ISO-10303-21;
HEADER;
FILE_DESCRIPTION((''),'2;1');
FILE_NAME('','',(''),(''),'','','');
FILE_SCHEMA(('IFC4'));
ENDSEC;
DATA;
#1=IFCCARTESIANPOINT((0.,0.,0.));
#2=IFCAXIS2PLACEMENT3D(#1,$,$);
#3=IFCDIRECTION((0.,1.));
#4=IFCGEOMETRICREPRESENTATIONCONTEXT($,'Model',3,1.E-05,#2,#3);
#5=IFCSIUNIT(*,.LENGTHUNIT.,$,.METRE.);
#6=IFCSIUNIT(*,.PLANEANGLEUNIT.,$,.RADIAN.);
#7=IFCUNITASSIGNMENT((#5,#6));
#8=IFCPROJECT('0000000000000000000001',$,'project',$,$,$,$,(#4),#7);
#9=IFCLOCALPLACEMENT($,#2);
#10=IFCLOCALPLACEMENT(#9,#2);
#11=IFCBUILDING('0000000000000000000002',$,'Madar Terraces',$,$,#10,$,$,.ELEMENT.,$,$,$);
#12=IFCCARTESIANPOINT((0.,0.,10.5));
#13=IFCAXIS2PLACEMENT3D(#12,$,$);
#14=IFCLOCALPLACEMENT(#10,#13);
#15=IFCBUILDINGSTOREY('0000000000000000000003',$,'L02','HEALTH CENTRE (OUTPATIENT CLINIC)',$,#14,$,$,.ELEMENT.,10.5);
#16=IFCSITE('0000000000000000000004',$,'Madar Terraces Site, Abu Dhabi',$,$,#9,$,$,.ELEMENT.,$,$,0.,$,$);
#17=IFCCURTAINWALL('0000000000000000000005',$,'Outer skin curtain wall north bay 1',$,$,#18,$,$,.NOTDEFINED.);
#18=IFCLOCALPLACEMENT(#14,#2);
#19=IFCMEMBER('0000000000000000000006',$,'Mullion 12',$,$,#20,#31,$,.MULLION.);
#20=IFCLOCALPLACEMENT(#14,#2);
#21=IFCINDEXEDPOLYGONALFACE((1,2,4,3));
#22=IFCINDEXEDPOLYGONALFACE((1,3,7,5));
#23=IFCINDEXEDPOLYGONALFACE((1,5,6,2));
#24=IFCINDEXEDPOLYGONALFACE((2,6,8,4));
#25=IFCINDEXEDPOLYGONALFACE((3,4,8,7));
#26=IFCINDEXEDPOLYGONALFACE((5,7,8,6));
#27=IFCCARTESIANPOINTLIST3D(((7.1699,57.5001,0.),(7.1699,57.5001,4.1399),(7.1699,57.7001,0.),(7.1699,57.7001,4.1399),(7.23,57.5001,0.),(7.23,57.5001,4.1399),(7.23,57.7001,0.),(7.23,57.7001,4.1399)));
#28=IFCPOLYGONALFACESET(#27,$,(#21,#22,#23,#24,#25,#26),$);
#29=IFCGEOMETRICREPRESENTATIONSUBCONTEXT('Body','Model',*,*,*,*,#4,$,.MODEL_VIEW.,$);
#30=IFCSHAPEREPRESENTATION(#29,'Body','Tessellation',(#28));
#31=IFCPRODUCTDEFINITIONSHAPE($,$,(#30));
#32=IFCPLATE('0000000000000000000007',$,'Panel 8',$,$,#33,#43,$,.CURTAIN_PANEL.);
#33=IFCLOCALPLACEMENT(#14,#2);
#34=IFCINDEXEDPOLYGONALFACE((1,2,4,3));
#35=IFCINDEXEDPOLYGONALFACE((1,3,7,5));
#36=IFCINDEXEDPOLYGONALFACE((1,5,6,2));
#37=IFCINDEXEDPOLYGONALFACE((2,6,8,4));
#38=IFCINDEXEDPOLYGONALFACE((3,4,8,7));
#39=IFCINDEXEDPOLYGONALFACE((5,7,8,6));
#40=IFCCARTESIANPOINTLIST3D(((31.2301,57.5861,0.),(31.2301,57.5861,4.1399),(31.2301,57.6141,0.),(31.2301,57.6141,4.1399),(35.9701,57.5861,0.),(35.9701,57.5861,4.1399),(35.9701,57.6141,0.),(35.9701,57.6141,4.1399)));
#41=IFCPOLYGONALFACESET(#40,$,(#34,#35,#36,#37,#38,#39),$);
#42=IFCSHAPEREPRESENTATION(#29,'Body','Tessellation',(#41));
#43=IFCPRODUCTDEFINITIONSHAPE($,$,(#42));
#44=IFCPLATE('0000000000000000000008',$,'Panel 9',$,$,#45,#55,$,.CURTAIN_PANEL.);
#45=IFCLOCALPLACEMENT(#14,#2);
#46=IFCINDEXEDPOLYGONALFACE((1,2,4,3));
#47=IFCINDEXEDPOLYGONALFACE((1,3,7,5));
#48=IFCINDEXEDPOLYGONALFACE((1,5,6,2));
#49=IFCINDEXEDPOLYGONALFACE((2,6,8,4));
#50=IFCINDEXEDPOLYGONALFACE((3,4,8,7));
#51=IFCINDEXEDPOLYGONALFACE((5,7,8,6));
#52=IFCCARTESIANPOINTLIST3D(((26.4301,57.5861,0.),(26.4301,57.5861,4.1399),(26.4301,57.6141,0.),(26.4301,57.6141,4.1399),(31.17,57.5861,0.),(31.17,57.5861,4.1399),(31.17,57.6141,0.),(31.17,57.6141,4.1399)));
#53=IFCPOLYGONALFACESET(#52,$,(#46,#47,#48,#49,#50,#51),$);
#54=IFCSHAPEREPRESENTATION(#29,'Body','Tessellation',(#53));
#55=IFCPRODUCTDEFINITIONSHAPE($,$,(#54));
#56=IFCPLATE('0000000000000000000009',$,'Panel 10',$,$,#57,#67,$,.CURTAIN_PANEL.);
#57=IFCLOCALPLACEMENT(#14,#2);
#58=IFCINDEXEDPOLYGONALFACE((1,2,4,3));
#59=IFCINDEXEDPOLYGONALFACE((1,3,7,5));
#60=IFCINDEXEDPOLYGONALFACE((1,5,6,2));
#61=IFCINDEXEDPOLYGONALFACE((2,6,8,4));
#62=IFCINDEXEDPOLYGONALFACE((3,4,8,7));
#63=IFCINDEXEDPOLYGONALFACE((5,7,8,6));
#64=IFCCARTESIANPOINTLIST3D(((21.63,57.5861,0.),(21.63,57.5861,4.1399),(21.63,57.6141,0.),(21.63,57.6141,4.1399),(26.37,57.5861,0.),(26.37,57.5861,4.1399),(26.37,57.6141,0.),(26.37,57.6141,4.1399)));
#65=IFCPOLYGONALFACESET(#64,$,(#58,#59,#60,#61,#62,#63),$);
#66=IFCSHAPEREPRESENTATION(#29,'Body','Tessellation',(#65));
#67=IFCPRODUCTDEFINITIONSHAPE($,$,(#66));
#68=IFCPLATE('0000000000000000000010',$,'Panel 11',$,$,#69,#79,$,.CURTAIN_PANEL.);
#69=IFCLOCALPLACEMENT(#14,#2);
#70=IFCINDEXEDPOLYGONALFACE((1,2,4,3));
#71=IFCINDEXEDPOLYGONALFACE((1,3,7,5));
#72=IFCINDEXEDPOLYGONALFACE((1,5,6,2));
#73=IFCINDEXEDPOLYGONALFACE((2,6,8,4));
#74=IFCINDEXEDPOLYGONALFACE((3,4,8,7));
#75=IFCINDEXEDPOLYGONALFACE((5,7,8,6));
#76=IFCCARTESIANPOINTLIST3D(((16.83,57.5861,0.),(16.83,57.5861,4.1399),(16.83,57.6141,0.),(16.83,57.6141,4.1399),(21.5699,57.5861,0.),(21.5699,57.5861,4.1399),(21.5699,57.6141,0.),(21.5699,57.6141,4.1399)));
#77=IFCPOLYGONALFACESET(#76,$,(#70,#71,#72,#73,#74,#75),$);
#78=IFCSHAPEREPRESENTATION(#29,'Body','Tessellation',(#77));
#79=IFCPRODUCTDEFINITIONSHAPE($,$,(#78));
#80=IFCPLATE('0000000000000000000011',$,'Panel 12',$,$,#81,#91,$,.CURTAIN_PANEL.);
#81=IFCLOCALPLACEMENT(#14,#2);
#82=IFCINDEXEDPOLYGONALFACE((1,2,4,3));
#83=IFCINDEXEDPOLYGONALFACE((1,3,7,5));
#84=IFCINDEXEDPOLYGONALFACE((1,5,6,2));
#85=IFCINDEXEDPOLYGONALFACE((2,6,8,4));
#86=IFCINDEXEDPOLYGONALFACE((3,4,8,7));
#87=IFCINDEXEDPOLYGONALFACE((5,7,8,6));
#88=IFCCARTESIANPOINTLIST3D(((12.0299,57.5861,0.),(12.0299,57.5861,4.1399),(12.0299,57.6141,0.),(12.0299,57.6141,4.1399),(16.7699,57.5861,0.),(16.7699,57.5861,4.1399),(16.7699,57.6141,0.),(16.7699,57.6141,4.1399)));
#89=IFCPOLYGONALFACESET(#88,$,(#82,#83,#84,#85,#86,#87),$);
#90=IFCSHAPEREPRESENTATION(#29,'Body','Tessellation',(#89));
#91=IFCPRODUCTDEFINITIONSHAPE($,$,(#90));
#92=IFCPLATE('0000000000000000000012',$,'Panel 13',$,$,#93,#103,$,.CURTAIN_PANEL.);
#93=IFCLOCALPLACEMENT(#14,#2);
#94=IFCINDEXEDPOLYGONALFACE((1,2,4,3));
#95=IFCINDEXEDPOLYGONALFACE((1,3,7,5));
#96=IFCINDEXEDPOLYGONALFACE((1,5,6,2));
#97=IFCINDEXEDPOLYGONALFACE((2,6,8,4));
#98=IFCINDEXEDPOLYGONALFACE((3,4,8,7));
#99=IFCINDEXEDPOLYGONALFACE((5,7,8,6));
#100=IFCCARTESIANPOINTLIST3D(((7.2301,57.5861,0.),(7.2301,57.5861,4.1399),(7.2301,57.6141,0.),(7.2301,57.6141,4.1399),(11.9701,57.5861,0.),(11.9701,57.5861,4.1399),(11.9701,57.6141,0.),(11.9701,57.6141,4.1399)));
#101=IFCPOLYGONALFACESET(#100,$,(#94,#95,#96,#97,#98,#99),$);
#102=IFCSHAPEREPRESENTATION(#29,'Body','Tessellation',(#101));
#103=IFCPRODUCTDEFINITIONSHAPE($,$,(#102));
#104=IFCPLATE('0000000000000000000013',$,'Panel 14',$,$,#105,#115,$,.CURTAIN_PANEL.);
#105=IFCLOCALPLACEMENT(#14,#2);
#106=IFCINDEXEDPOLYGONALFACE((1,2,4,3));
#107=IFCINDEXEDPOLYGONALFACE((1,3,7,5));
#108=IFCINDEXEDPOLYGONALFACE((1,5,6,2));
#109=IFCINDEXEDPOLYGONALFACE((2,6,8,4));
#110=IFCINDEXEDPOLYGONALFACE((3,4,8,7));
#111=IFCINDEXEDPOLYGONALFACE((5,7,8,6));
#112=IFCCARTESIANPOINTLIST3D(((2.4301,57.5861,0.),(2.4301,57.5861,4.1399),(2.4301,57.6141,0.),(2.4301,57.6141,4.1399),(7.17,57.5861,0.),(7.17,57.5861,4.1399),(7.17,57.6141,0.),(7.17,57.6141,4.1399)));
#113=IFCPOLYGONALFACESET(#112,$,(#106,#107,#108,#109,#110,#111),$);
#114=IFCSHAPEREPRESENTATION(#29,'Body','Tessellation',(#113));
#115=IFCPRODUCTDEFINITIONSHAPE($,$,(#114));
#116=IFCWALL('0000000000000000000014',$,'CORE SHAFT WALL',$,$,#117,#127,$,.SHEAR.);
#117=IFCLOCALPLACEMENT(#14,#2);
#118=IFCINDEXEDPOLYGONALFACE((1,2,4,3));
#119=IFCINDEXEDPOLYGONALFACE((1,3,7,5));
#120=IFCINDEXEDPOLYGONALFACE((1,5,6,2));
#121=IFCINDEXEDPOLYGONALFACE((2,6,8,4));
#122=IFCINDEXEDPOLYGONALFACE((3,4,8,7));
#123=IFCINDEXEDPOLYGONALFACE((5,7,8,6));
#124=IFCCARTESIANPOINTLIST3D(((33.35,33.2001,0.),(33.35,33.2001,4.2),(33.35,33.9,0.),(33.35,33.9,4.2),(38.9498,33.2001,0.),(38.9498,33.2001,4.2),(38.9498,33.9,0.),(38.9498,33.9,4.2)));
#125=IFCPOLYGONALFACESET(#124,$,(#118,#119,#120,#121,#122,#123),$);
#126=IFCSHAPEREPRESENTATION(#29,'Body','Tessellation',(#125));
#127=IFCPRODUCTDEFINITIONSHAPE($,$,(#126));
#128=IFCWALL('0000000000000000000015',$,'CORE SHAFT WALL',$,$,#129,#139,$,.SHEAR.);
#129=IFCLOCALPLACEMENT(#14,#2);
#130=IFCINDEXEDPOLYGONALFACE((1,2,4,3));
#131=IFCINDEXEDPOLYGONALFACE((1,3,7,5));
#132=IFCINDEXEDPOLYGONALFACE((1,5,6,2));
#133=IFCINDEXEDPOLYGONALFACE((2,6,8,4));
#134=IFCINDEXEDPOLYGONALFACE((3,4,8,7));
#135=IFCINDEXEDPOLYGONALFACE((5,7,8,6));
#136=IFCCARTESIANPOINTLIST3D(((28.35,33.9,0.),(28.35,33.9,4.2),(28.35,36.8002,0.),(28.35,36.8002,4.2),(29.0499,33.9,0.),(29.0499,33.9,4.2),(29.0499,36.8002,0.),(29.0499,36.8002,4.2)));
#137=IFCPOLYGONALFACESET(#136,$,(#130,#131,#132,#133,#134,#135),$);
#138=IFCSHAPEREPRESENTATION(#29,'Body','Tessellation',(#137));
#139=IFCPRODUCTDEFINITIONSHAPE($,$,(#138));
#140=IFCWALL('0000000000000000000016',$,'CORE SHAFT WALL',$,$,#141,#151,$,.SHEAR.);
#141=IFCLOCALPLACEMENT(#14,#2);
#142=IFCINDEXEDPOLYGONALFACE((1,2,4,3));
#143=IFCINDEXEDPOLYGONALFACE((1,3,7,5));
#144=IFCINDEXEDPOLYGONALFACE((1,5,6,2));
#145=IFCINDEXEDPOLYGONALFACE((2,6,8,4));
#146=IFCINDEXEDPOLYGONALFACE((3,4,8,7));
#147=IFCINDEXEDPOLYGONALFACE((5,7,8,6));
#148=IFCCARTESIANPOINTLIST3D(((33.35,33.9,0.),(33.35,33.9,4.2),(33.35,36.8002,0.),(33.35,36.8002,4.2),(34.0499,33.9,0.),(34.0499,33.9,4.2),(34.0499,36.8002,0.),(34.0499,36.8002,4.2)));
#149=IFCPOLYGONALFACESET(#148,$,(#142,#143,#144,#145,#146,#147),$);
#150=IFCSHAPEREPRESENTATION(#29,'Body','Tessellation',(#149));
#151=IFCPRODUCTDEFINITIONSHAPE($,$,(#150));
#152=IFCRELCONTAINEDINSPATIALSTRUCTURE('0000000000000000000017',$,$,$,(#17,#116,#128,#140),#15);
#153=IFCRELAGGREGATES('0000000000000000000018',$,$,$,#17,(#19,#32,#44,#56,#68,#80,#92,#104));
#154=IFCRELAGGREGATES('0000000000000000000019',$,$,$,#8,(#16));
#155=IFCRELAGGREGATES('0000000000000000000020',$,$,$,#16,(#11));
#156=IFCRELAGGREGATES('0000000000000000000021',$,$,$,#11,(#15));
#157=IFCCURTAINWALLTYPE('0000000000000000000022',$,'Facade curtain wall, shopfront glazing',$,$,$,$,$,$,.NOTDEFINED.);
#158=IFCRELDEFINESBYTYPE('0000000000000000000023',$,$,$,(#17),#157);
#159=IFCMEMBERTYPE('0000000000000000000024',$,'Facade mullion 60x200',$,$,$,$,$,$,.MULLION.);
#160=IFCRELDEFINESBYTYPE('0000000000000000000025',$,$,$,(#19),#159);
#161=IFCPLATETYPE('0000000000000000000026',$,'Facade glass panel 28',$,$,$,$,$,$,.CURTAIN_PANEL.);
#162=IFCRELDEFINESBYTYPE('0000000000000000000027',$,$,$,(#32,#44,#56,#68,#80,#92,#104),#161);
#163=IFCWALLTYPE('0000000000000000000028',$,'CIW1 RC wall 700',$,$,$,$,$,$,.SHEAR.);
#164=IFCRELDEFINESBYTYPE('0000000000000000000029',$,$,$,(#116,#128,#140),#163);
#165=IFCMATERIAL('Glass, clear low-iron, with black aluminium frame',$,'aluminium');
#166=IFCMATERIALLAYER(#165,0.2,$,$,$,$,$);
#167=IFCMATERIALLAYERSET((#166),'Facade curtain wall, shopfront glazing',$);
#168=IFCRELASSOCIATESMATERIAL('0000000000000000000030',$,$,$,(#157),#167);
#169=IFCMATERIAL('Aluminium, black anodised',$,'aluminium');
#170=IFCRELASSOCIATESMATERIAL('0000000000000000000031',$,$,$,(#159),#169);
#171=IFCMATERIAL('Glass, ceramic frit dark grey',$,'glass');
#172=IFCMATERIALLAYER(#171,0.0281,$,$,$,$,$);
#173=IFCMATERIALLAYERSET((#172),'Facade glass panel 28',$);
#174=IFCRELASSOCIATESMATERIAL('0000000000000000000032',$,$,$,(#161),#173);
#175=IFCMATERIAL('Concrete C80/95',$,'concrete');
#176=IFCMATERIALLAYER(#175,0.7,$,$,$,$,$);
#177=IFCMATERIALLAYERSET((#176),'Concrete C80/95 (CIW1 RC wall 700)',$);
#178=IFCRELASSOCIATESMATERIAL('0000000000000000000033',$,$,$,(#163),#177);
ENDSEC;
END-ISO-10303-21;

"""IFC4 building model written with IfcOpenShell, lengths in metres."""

from ifc_helpers import new_model, si_unit, direction, frame, frame_2d, origin, origin_2d, place, context, subcontext, project, spatial, rectangle, extrude, material, layer, layer_set, material_profile, profile_set, type_object, element, aggregate, save


model = new_model("IFC4")

# Units and contexts
model_context = context("Model", 3, precision=1e-05, world=origin(), true_north=direction((0.0, 1.0)))
body_context = subcontext(model_context, "Body", "Model", "MODEL_VIEW")
ifc_project = project(units=[si_unit("LENGTHUNIT", "METRE"), si_unit("PLANEANGLEUNIT", "RADIAN")], contexts=[model_context])

# Site, building, storey
site_placement = place(None, origin())
site = spatial("IfcSite", under=ifc_project, at=site_placement, Name="Madar Terraces Site, Abu Dhabi", CompositionType="ELEMENT", RefElevation=0.0)
building_placement = place(site_placement, origin())
building = spatial("IfcBuilding", under=site, at=building_placement, Name="Madar Terraces", CompositionType="ELEMENT")
storey_placement = place(building_placement, frame((0.0, 0.0, 10.5)))
storey = spatial("IfcBuildingStorey", under=building, at=storey_placement, Name="L02", Description="HEALTH CENTRE (OUTPATIENT CLINIC)", CompositionType="ELEMENT", Elevation=10.5)

# Curtain wall, member, plates
ifc_material_1 = material(Name="Glass, clear low-iron, with black aluminium frame", Category="aluminium")
ifc_layer_1 = layer(ifc_material_1, 0.2)
ifc_layer_set_1 = layer_set([ifc_layer_1], Name="Facade curtain wall, shopfront glazing")
curtain_wall_type = type_object("IfcCurtainWallType", Name="Facade curtain wall, shopfront glazing", PredefinedType="NOTDEFINED", material=ifc_layer_set_1)
curtain_wall_placement = place(storey_placement, origin())
curtain_wall = element("IfcCurtainWall", 1, at=curtain_wall_placement, inside=storey, type_object=curtain_wall_type, Name="Outer skin curtain wall north bay 1", PredefinedType="NOTDEFINED")
ifc_material_2 = material(Name="Aluminium, black anodised", Category="aluminium")
ifc_material_profile_1 = material_profile(ifc_material_2, rectangle(XDim=0.2, YDim=0.0601, at=origin_2d()), Name="Facade mullion 60x200")
ifc_profile_set_1 = profile_set([ifc_material_profile_1], Name="Aluminium, black anodised")
member_type = type_object("IfcMemberType", Name="Facade mullion 60x200", PredefinedType="MULLION", material=ifc_profile_set_1)
member_1_placement = place(storey_placement, frame((7.2, 57.6001, 0.0), z_axis=(0.0, 0.0, 1.0), x_axis=(0.0, -1.0, 0.0)))
member_1 = element("IfcMember", 2, at=member_1_placement, type_object=member_type, Name="Mullion 12", PredefinedType="MULLION", context=body_context, shape_type="SweptSolid", body=[
    extrude(rectangle(XDim=0.2, YDim=0.0601, at=origin_2d()), origin(), (0.0, 0.0, 1.0), 4.1399),
])
ifc_material_3 = material(Name="Glass, ceramic frit dark grey", Category="glass")
ifc_layer_2 = layer(ifc_material_3, 0.0281)
ifc_layer_set_2 = layer_set([ifc_layer_2], Name="Facade glass panel 28")
plate_type = type_object("IfcPlateType", Name="Facade glass panel 28", PredefinedType="CURTAIN_PANEL", material=ifc_layer_set_2)
plate_1_placement = place(storey_placement, frame((33.6001, 57.6001, 0.0), z_axis=(0.0, 0.0, 1.0), x_axis=(-1.0, 0.0, 0.0)))
plate_1 = element("IfcPlate", 3, at=plate_1_placement, type_object=plate_type, Name="Panel 8", PredefinedType="CURTAIN_PANEL", context=body_context, shape_type="SweptSolid", body=[
    extrude(rectangle(XDim=4.74, YDim=0.0281, at=origin_2d()), origin(), (0.0, 0.0, 1.0), 4.1399),
])
plate_2_placement = place(storey_placement, frame((28.8, 57.6001, 0.0), z_axis=(0.0, 0.0, 1.0), x_axis=(-1.0, 0.0, 0.0)))
plate_2 = element("IfcPlate", 4, at=plate_2_placement, type_object=plate_type, Name="Panel 9", PredefinedType="CURTAIN_PANEL", context=body_context, shape_type="SweptSolid", body=[
    extrude(rectangle(XDim=4.74, YDim=0.0281, at=origin_2d()), origin(), (0.0, 0.0, 1.0), 4.1399),
])
plate_3_placement = place(storey_placement, frame((24.0, 57.6001, 0.0), z_axis=(0.0, 0.0, 1.0), x_axis=(-1.0, 0.0, 0.0)))
plate_3 = element("IfcPlate", 5, at=plate_3_placement, type_object=plate_type, Name="Panel 10", PredefinedType="CURTAIN_PANEL", context=body_context, shape_type="SweptSolid", body=[
    extrude(rectangle(XDim=4.74, YDim=0.0281, at=origin_2d()), origin(), (0.0, 0.0, 1.0), 4.1399),
])
plate_4_placement = place(storey_placement, frame((19.2, 57.6001, 0.0), z_axis=(0.0, 0.0, 1.0), x_axis=(-1.0, 0.0, 0.0)))
plate_4 = element("IfcPlate", 6, at=plate_4_placement, type_object=plate_type, Name="Panel 11", PredefinedType="CURTAIN_PANEL", context=body_context, shape_type="SweptSolid", body=[
    extrude(rectangle(XDim=4.74, YDim=0.0281, at=origin_2d()), origin(), (0.0, 0.0, 1.0), 4.1399),
])
plate_5_placement = place(storey_placement, frame((14.3999, 57.6001, 0.0), z_axis=(0.0, 0.0, 1.0), x_axis=(-1.0, 0.0, 0.0)))
plate_5 = element("IfcPlate", 7, at=plate_5_placement, type_object=plate_type, Name="Panel 12", PredefinedType="CURTAIN_PANEL", context=body_context, shape_type="SweptSolid", body=[
    extrude(rectangle(XDim=4.74, YDim=0.0281, at=origin_2d()), origin(), (0.0, 0.0, 1.0), 4.1399),
])
plate_6_placement = place(storey_placement, frame((9.6001, 57.6001, 0.0), z_axis=(0.0, 0.0, 1.0), x_axis=(-1.0, 0.0, 0.0)))
plate_6 = element("IfcPlate", 8, at=plate_6_placement, type_object=plate_type, Name="Panel 13", PredefinedType="CURTAIN_PANEL", context=body_context, shape_type="SweptSolid", body=[
    extrude(rectangle(XDim=4.74, YDim=0.0281, at=origin_2d()), origin(), (0.0, 0.0, 1.0), 4.1399),
])
plate_7_placement = place(storey_placement, frame((4.8, 57.6001, 0.0), z_axis=(0.0, 0.0, 1.0), x_axis=(-1.0, 0.0, 0.0)))
plate_7 = element("IfcPlate", 9, at=plate_7_placement, type_object=plate_type, Name="Panel 14", PredefinedType="CURTAIN_PANEL", context=body_context, shape_type="SweptSolid", body=[
    extrude(rectangle(XDim=4.74, YDim=0.0281, at=origin_2d()), origin(), (0.0, 0.0, 1.0), 4.1399),
])
aggregate(curtain_wall, [member_1, plate_1, plate_2, plate_3, plate_4, plate_5, plate_6, plate_7])

# Walls
ifc_material_4 = material(Name="Concrete C80/95", Category="concrete")
ifc_layer_3 = layer(ifc_material_4, 0.7)
ifc_layer_set_3 = layer_set([ifc_layer_3], Name="Concrete C80/95 (CIW1 RC wall 700)")
wall_type_1 = type_object("IfcWallType", Name="CIW1 RC wall 700", PredefinedType="SHEAR", material=ifc_layer_set_3)
wall_1_placement = place(storey_placement, frame((33.3501, 33.55, 0.0), z_axis=(0.0, 0.0, 1.0), x_axis=(1.0, 0.0, 0.0)))
element("IfcWall", 10, at=wall_1_placement, inside=storey, type_object=wall_type_1, Name="CORE SHAFT WALL", PredefinedType="SHEAR", context=body_context, shape_type="SweptSolid", body=[
    extrude(rectangle(XDim=5.5999, YDim=0.7, at=frame_2d((2.7998, 0.0))), origin(), (0.0, 0.0, 1.0), 4.2),
])
for number, where, z_axis, x_axis, name in (
    (11, (28.7, 33.8999, 0.0), (0.0, 0.0, 1.0), (0.0, 1.0, 0.0), "CORE SHAFT WALL"),
    (12, (33.7, 33.8999, 0.0), (0.0, 0.0, 1.0), (0.0, 1.0, 0.0), "CORE SHAFT WALL"),
):
    element("IfcWall", number, at=place(storey_placement, frame(where, z_axis=z_axis, x_axis=x_axis)), inside=storey, type_object=wall_type_1, Name=name, PredefinedType="SHEAR", context=body_context, shape_type="SweptSolid", body=[
        extrude(rectangle(XDim=2.9001, YDim=0.7, at=frame_2d((1.4502, 0.0))), origin(), (0.0, 0.0, 1.0), 4.2),
    ])

save(model, "model.ifc")
